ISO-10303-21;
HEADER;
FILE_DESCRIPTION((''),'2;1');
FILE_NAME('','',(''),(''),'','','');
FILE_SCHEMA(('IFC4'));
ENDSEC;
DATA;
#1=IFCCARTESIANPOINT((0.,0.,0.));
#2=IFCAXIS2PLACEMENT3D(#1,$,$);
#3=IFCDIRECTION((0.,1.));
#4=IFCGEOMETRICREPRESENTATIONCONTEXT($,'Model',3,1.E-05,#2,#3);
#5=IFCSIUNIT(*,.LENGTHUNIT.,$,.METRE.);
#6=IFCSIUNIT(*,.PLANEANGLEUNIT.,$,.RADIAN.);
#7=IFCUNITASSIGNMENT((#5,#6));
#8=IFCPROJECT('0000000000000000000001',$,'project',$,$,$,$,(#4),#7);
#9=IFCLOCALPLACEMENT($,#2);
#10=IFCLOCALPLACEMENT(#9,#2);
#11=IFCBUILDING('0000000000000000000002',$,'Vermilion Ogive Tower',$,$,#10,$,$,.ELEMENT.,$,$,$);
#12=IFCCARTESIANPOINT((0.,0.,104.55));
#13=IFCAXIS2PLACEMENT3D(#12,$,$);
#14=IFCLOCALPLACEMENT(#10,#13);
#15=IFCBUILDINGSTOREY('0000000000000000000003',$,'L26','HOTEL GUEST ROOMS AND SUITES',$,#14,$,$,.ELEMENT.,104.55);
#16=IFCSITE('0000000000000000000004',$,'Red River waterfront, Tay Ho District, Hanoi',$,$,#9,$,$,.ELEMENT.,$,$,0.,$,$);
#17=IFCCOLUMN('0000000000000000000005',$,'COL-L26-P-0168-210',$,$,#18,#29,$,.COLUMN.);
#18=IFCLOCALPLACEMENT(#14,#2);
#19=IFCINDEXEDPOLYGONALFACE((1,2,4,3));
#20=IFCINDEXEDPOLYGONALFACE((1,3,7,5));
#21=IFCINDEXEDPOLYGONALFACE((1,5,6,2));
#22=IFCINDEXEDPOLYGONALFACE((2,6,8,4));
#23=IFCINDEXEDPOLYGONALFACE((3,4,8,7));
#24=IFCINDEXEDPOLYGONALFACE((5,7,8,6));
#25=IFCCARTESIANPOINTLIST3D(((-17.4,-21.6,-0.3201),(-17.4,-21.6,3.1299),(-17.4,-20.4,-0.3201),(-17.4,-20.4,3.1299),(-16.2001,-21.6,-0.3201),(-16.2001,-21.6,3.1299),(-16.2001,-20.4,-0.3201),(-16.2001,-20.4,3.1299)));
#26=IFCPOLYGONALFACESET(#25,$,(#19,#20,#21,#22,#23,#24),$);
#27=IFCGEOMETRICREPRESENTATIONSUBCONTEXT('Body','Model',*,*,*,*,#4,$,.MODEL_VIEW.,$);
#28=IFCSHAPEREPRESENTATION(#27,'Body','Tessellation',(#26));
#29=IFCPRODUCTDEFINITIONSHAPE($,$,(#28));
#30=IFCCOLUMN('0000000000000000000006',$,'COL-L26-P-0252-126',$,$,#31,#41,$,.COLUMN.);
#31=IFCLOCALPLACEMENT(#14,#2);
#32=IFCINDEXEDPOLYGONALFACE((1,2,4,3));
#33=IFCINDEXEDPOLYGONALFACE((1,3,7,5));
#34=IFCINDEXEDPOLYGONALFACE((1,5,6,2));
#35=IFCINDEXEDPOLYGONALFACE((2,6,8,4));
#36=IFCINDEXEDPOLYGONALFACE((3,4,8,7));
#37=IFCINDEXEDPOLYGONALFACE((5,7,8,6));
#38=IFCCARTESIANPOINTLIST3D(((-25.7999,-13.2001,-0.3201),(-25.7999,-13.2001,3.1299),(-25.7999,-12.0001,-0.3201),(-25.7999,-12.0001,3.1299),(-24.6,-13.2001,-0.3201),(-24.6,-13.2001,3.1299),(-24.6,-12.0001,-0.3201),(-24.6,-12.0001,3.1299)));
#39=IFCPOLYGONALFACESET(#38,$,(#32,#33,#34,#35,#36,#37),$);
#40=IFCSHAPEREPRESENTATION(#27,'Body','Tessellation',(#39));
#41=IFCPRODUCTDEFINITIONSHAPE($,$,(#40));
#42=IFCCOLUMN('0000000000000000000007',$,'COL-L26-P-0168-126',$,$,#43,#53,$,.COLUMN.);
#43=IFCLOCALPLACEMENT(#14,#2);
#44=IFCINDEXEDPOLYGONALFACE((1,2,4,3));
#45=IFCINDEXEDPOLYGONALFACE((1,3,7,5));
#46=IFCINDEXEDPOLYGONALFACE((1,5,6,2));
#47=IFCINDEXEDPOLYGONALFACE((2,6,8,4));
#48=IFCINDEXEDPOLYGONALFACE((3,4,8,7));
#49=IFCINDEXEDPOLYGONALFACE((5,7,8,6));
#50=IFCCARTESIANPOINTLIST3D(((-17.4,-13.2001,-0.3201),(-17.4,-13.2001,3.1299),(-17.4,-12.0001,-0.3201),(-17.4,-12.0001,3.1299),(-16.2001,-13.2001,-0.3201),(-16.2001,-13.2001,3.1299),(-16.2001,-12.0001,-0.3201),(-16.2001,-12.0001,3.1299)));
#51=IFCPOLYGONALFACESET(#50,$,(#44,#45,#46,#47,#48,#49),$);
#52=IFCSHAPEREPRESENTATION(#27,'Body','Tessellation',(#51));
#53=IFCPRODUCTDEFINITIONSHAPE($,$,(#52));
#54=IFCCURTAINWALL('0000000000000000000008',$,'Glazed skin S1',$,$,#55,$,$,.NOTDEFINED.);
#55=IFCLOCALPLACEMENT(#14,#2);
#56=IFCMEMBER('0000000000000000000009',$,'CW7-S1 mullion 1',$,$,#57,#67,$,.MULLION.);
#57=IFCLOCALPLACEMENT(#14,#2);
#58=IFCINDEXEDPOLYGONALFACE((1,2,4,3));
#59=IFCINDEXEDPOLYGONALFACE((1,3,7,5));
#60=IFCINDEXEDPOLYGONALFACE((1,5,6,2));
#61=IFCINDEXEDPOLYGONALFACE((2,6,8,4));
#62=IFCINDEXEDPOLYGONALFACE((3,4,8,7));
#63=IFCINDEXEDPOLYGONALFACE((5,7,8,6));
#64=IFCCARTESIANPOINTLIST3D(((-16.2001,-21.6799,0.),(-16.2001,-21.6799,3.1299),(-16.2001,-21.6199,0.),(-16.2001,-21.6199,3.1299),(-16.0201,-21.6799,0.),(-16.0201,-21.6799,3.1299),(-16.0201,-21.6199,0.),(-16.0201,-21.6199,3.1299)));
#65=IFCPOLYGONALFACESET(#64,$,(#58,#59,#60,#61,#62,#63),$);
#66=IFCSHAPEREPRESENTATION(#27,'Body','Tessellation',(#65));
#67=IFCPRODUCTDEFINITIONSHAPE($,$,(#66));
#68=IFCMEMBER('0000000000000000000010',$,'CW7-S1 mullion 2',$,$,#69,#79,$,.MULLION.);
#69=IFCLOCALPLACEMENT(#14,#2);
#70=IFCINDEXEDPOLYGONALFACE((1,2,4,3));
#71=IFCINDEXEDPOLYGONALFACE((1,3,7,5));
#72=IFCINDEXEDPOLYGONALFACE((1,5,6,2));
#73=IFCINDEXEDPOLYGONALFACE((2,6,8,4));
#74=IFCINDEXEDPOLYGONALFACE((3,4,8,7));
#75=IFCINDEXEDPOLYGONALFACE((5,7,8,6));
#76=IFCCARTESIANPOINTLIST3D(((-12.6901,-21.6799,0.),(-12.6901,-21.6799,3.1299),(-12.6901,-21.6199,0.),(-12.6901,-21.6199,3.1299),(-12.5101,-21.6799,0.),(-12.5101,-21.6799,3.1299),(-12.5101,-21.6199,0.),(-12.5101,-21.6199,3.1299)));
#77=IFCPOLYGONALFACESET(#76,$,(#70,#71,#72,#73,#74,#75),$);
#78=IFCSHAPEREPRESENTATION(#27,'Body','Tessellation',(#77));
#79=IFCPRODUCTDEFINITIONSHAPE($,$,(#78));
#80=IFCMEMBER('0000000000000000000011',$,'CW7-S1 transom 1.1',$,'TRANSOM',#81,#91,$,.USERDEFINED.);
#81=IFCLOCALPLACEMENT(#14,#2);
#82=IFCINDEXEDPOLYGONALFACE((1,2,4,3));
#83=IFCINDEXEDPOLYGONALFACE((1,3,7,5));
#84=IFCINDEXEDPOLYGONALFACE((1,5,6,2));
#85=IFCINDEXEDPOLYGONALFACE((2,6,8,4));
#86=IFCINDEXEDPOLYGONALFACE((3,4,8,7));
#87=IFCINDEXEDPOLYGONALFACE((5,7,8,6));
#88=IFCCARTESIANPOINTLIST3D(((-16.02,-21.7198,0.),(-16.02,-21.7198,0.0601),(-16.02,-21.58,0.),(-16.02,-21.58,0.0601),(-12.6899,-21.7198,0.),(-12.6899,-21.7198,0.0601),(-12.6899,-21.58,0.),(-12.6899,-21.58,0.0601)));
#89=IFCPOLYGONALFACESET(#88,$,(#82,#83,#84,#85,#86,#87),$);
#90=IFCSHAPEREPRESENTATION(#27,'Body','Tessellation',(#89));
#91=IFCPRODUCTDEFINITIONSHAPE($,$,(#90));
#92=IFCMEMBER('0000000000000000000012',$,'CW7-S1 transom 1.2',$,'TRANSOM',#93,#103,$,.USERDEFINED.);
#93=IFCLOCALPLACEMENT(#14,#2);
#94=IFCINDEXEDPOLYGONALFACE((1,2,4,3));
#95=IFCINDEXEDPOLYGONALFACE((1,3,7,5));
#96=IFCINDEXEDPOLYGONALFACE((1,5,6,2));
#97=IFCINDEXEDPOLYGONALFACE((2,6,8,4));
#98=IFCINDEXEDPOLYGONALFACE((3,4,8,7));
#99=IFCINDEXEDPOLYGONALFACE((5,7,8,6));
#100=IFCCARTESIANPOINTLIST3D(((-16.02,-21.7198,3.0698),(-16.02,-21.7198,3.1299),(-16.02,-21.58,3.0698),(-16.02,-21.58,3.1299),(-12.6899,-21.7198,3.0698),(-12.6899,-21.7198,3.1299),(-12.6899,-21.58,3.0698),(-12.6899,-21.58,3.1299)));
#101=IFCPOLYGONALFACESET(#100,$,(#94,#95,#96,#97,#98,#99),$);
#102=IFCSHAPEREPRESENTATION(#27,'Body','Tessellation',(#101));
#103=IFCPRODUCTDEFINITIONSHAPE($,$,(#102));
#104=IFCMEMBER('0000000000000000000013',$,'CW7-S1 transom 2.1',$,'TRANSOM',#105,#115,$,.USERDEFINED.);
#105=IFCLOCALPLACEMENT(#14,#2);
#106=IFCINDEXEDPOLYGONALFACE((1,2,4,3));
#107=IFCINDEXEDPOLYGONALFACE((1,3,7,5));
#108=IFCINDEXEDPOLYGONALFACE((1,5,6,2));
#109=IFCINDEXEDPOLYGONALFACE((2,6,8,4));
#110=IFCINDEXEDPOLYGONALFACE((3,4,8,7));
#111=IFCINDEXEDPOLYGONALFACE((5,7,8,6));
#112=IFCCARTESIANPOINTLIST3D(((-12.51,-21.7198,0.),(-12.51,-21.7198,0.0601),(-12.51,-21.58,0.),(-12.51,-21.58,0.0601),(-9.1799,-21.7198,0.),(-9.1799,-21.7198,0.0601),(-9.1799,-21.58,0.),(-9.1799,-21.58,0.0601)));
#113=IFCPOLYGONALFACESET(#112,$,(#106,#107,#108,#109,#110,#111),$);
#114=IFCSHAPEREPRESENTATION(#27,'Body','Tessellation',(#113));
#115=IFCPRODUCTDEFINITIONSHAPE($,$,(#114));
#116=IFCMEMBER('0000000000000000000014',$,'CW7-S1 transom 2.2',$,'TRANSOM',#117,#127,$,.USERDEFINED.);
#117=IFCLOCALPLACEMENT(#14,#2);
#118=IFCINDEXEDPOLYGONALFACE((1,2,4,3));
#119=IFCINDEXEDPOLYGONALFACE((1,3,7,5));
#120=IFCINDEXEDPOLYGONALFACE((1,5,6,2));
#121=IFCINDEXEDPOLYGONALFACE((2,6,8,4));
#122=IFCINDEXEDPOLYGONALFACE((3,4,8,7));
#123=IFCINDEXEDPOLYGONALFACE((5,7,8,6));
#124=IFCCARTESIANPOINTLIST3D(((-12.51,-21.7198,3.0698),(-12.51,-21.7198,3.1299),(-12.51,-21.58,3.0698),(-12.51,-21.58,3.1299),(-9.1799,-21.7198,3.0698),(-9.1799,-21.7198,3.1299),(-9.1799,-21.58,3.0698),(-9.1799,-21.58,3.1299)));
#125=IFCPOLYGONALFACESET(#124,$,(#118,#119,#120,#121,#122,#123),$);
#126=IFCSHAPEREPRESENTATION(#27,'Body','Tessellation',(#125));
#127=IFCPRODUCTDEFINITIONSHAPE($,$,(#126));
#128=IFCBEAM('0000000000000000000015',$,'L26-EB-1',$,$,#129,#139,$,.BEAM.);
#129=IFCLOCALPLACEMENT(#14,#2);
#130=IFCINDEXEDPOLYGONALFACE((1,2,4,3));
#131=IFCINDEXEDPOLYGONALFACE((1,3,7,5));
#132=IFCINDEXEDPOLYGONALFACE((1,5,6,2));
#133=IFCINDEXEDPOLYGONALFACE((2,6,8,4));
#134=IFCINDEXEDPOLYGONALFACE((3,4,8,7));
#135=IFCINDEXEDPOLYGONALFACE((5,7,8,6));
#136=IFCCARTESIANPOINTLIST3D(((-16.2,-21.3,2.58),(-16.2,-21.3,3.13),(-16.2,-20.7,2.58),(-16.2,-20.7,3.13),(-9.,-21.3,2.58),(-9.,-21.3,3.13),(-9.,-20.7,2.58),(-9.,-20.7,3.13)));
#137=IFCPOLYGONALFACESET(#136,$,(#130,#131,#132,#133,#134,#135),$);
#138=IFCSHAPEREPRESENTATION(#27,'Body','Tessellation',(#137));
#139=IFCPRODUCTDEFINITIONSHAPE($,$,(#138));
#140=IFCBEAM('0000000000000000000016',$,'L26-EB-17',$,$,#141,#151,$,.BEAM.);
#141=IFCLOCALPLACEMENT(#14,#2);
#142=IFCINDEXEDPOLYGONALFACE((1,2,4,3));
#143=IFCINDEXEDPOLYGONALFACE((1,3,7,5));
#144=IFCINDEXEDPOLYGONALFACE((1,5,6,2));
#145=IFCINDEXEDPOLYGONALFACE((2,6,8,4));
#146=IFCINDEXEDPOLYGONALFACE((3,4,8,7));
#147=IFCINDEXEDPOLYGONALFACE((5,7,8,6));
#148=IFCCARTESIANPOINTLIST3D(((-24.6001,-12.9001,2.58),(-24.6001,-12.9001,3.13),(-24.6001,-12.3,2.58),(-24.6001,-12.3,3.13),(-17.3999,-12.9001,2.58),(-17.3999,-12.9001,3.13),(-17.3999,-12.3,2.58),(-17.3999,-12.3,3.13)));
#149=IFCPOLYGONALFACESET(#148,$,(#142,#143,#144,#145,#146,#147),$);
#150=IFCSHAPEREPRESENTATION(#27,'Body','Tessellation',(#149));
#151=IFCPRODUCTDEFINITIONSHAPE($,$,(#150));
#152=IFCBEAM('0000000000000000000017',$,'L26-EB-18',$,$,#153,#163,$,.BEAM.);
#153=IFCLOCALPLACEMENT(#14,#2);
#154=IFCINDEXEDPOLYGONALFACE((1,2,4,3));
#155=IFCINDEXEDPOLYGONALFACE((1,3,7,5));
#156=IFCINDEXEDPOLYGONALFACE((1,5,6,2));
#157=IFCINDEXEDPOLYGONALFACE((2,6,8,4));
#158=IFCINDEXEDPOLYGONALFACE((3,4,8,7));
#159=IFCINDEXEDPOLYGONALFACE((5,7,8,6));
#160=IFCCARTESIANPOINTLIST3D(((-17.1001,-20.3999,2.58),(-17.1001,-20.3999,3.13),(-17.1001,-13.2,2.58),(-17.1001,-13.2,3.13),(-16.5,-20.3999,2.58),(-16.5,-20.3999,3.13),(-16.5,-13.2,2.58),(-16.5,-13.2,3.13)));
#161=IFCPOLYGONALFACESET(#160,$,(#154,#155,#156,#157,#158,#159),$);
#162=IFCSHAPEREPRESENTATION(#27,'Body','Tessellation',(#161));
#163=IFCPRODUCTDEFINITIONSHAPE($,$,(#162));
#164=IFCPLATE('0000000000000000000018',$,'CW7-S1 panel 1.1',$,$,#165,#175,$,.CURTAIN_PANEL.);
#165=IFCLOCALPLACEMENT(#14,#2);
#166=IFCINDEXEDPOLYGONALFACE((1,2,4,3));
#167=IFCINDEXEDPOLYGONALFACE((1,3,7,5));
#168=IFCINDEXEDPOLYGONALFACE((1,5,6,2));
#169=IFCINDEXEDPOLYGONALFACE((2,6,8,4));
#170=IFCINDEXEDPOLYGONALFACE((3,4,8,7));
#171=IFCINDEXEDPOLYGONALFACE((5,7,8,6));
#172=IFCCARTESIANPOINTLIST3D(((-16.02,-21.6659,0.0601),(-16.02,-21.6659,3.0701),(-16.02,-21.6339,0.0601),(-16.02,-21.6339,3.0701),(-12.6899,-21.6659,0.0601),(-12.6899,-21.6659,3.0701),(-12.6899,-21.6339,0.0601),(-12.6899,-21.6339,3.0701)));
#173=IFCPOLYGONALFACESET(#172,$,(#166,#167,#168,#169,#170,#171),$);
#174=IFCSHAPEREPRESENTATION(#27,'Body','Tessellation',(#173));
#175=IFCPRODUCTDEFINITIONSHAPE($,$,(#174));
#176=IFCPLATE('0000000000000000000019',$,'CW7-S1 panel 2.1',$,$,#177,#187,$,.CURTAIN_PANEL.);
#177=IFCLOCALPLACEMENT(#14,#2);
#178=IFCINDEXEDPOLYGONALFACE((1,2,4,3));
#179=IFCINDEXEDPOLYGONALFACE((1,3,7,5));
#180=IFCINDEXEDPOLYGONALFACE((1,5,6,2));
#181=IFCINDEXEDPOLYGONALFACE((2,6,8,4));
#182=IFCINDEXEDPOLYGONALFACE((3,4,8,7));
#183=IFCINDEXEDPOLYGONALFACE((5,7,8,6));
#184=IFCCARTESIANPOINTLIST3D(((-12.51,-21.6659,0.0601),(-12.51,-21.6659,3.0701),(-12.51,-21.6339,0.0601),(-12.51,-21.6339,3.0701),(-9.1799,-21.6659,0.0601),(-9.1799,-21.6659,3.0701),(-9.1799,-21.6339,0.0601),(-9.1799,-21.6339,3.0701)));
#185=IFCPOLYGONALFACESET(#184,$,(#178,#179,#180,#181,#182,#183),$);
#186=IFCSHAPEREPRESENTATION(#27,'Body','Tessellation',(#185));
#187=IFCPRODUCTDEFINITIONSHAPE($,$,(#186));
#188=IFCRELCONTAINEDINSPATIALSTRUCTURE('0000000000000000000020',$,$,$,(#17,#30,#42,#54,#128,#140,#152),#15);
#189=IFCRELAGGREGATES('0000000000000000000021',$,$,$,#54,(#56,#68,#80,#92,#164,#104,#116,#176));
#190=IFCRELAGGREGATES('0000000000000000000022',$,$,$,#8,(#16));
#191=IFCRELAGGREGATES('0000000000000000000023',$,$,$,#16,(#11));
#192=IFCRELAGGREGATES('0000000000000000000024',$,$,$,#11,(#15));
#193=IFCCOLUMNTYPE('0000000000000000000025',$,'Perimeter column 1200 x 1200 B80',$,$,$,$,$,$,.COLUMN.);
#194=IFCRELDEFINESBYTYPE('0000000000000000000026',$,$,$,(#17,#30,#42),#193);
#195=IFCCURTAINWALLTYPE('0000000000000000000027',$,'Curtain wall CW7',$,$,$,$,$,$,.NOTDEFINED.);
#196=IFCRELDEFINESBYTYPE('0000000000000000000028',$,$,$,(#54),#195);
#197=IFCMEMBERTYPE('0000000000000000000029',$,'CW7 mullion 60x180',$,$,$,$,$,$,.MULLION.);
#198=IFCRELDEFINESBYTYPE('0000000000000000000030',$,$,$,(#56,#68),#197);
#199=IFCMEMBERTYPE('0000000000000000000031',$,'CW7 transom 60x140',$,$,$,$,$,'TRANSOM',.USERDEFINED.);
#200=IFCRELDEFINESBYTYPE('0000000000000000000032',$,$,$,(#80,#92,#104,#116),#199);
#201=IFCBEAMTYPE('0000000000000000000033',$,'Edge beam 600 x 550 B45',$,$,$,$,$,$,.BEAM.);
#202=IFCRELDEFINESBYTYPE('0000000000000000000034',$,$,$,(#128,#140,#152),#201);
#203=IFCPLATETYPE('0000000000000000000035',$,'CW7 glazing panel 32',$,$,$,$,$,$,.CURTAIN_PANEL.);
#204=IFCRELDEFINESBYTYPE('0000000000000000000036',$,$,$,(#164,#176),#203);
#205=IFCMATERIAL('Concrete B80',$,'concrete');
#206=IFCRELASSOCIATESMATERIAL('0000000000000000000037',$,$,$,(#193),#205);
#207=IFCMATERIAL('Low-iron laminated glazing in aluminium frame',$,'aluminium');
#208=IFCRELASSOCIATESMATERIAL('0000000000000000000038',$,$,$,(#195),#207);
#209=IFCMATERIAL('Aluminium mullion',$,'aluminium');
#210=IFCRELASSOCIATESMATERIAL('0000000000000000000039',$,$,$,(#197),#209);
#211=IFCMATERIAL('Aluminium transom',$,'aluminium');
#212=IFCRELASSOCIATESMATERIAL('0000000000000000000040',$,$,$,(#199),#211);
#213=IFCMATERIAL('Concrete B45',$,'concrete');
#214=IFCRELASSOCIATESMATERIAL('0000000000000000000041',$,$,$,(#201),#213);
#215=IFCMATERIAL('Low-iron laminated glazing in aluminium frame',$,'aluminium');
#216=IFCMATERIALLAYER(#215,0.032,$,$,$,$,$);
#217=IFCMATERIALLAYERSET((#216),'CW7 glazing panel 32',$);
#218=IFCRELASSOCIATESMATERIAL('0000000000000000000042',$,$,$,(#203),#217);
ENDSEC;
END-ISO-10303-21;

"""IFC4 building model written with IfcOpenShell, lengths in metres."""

from ifc_helpers import new_model, si_unit, direction, frame, origin, origin_2d, place, context, subcontext, project, spatial, rectangle, extrude, material, layer, layer_set, material_profile, profile_set, type_object, element, aggregate, save


model = new_model("IFC4")

# Units and contexts
model_context = context("Model", 3, precision=1e-05, world=origin(), true_north=direction((0.0, 1.0)))
body_context = subcontext(model_context, "Body", "Model", "MODEL_VIEW")
ifc_project = project(units=[si_unit("LENGTHUNIT", "METRE"), si_unit("PLANEANGLEUNIT", "RADIAN")], contexts=[model_context])

# Site, building, storey
site_placement = place(None, origin())
site = spatial("IfcSite", under=ifc_project, at=site_placement, Name="Red River waterfront, Tay Ho District, Hanoi", CompositionType="ELEMENT", RefElevation=0.0)
building_placement = place(site_placement, origin())
building = spatial("IfcBuilding", under=site, at=building_placement, Name="Vermilion Ogive Tower", CompositionType="ELEMENT")
storey_placement = place(building_placement, frame((0.0, 0.0, 104.55)))
storey = spatial("IfcBuildingStorey", under=building, at=storey_placement, Name="L26", Description="HOTEL GUEST ROOMS AND SUITES", CompositionType="ELEMENT", Elevation=104.55)

# Columns
ifc_material_1 = material(Name="Concrete B80", Category="concrete")
ifc_material_profile_1 = material_profile(ifc_material_1, rectangle(XDim=1.2, YDim=1.2, at=origin_2d()), Name="1200 x 1200")
ifc_profile_set_1 = profile_set([ifc_material_profile_1], Name="Concrete B80")
column_type = type_object("IfcColumnType", Name="Perimeter column 1200 x 1200 B80", PredefinedType="COLUMN", material=ifc_profile_set_1)
for number, where, z_axis, x_axis, name in (
    (1, (-16.8, -21.0, -0.3201), (0.0, 0.0, 1.0), (1.0, 0.0, 0.0), "COL-L26-P-0168-210"),
    (2, (-25.2, -12.6001, -0.3201), (0.0, 0.0, 1.0), (1.0, 0.0, 0.0), "COL-L26-P-0252-126"),
    (3, (-16.8, -12.6001, -0.3201), (0.0, 0.0, 1.0), (1.0, 0.0, 0.0), "COL-L26-P-0168-126"),
):
    element("IfcColumn", number, at=place(storey_placement, frame(where, z_axis=z_axis, x_axis=x_axis)), inside=storey, type_object=column_type, Name=name, PredefinedType="COLUMN", context=body_context, shape_type="SweptSolid", body=[
        extrude(rectangle(XDim=1.2, YDim=1.2, at=origin_2d()), origin(), (0.0, 0.0, 1.0), 3.45),
    ])

# Curtain wall, members
ifc_material_2 = material(Name="Low-iron laminated glazing in aluminium frame", Category="aluminium")
curtain_wall_type = type_object("IfcCurtainWallType", Name="Curtain wall CW7", PredefinedType="NOTDEFINED", material=ifc_material_2)
curtain_wall_placement = place(storey_placement, origin())
curtain_wall = element("IfcCurtainWall", 4, at=curtain_wall_placement, inside=storey, type_object=curtain_wall_type, Name="Glazed skin S1", PredefinedType="NOTDEFINED")
ifc_material_3 = material(Name="Aluminium mullion", Category="aluminium")
ifc_material_profile_2 = material_profile(ifc_material_3, rectangle(XDim=0.0601, YDim=0.1799, at=origin_2d()), Name="AL 60x180")
ifc_profile_set_2 = profile_set([ifc_material_profile_2], Name="Aluminium mullion")
member_type_1 = type_object("IfcMemberType", Name="CW7 mullion 60x180", PredefinedType="MULLION", material=ifc_profile_set_2)
member_1_placement = place(storey_placement, frame((-16.1101, -21.6499, 0.0), z_axis=(0.0, 0.0, 1.0), x_axis=(0.0, 1.0, 0.0)))
member_1 = element("IfcMember", 5, at=member_1_placement, type_object=member_type_1, Name="CW7-S1 mullion 1", PredefinedType="MULLION", context=body_context, shape_type="SweptSolid", body=[
    extrude(rectangle(XDim=0.0601, YDim=0.1799, at=origin_2d()), origin(), (0.0, 0.0, 1.0), 3.1299),
])
member_2_placement = place(storey_placement, frame((-12.6001, -21.6499, 0.0), z_axis=(0.0, 0.0, 1.0), x_axis=(0.0, 1.0, 0.0)))
member_2 = element("IfcMember", 6, at=member_2_placement, type_object=member_type_1, Name="CW7-S1 mullion 2", PredefinedType="MULLION", context=body_context, shape_type="SweptSolid", body=[
    extrude(rectangle(XDim=0.0601, YDim=0.1799, at=origin_2d()), origin(), (0.0, 0.0, 1.0), 3.1299),
])
ifc_material_4 = material(Name="Aluminium transom", Category="aluminium")
ifc_material_profile_3 = material_profile(ifc_material_4, rectangle(XDim=0.1399, YDim=0.0601, at=origin_2d()), Name="AL 60x140")
ifc_profile_set_3 = profile_set([ifc_material_profile_3], Name="Aluminium transom")
member_type_2 = type_object("IfcMemberType", Name="CW7 transom 60x140", ElementType="TRANSOM", PredefinedType="USERDEFINED", material=ifc_profile_set_3)
member_3_placement = place(storey_placement, frame((-16.02, -21.6499, 0.03), z_axis=(1.0, 0.0, 0.0), x_axis=(0.0, 1.0, 0.0)))
member_3 = element("IfcMember", 7, at=member_3_placement, type_object=member_type_2, Name="CW7-S1 transom 1.1", ObjectType="TRANSOM", PredefinedType="USERDEFINED", context=body_context, shape_type="SweptSolid", body=[
    extrude(rectangle(XDim=0.1399, YDim=0.0601, at=origin_2d()), origin(), (0.0, 0.0, 1.0), 3.3301),
])
member_4_placement = place(storey_placement, frame((-16.02, -21.6499, 3.0999), z_axis=(1.0, 0.0, 0.0), x_axis=(0.0, 1.0, 0.0)))
member_4 = element("IfcMember", 8, at=member_4_placement, type_object=member_type_2, Name="CW7-S1 transom 1.2", ObjectType="TRANSOM", PredefinedType="USERDEFINED", context=body_context, shape_type="SweptSolid", body=[
    extrude(rectangle(XDim=0.1399, YDim=0.0601, at=origin_2d()), origin(), (0.0, 0.0, 1.0), 3.3301),
])
member_5_placement = place(storey_placement, frame((-12.51, -21.6499, 0.03), z_axis=(1.0, 0.0, 0.0), x_axis=(0.0, 1.0, 0.0)))
member_5 = element("IfcMember", 9, at=member_5_placement, type_object=member_type_2, Name="CW7-S1 transom 2.1", ObjectType="TRANSOM", PredefinedType="USERDEFINED", context=body_context, shape_type="SweptSolid", body=[
    extrude(rectangle(XDim=0.1399, YDim=0.0601, at=origin_2d()), origin(), (0.0, 0.0, 1.0), 3.3301),
])
member_6_placement = place(storey_placement, frame((-12.51, -21.6499, 3.0999), z_axis=(1.0, 0.0, 0.0), x_axis=(0.0, 1.0, 0.0)))
member_6 = element("IfcMember", 10, at=member_6_placement, type_object=member_type_2, Name="CW7-S1 transom 2.2", ObjectType="TRANSOM", PredefinedType="USERDEFINED", context=body_context, shape_type="SweptSolid", body=[
    extrude(rectangle(XDim=0.1399, YDim=0.0601, at=origin_2d()), origin(), (0.0, 0.0, 1.0), 3.3301),
])

# Beams
ifc_material_5 = material(Name="Concrete B45", Category="concrete")
ifc_material_profile_4 = material_profile(ifc_material_5, rectangle(XDim=0.6001, YDim=0.55, at=origin_2d()), Name="600 x 550")
ifc_profile_set_4 = profile_set([ifc_material_profile_4], Name="Concrete B45")
beam_type = type_object("IfcBeamType", Name="Edge beam 600 x 550 B45", PredefinedType="BEAM", material=ifc_profile_set_4)
beam_1_placement = place(storey_placement, frame((-16.2, -21.0, 2.855), z_axis=(1.0, 0.0, 0.0), x_axis=(0.0, 1.0, 0.0)))
element("IfcBeam", 11, at=beam_1_placement, inside=storey, type_object=beam_type, Name="L26-EB-1", PredefinedType="BEAM", context=body_context, shape_type="SweptSolid", body=[
    extrude(rectangle(XDim=0.6001, YDim=0.55, at=origin_2d()), origin(), (0.0, 0.0, 1.0), 7.2),
])
beam_2_placement = place(storey_placement, frame((-24.6001, -12.6001, 2.855), z_axis=(1.0, 0.0, 0.0), x_axis=(0.0, 1.0, 0.0)))
element("IfcBeam", 12, at=beam_2_placement, inside=storey, type_object=beam_type, Name="L26-EB-17", PredefinedType="BEAM", context=body_context, shape_type="SweptSolid", body=[
    extrude(rectangle(XDim=0.6001, YDim=0.55, at=origin_2d()), origin(), (0.0, 0.0, 1.0), 7.2002),
])
beam_3_placement = place(storey_placement, frame((-16.8, -13.2, 2.855), z_axis=(0.0, -1.0, 0.0), x_axis=(1.0, 0.0, 0.0)))
element("IfcBeam", 13, at=beam_3_placement, inside=storey, type_object=beam_type, Name="L26-EB-18", PredefinedType="BEAM", context=body_context, shape_type="SweptSolid", body=[
    extrude(rectangle(XDim=0.6001, YDim=0.55, at=origin_2d()), origin(), (0.0, 0.0, 1.0), 7.2),
])

# Plates
ifc_material_6 = material(Name="Low-iron laminated glazing in aluminium frame", Category="aluminium")
ifc_layer_1 = layer(ifc_material_6, 0.032)
ifc_layer_set_1 = layer_set([ifc_layer_1], Name="CW7 glazing panel 32")
plate_type = type_object("IfcPlateType", Name="CW7 glazing panel 32", PredefinedType="CURTAIN_PANEL", material=ifc_layer_set_1)
plate_1_placement = place(storey_placement, frame((-14.355, -21.6499, 0.0601), z_axis=(0.0, 0.0, 1.0), x_axis=(1.0, 0.0, 0.0)))
plate_1 = element("IfcPlate", 14, at=plate_1_placement, type_object=plate_type, Name="CW7-S1 panel 1.1", PredefinedType="CURTAIN_PANEL", context=body_context, shape_type="SweptSolid", body=[
    extrude(rectangle(XDim=3.3301, YDim=0.032, at=origin_2d()), origin(), (0.0, 0.0, 1.0), 3.01),
])
plate_2_placement = place(storey_placement, frame((-10.845, -21.6499, 0.0601), z_axis=(0.0, 0.0, 1.0), x_axis=(1.0, 0.0, 0.0)))
plate_2 = element("IfcPlate", 15, at=plate_2_placement, type_object=plate_type, Name="CW7-S1 panel 2.1", PredefinedType="CURTAIN_PANEL", context=body_context, shape_type="SweptSolid", body=[
    extrude(rectangle(XDim=3.3301, YDim=0.032, at=origin_2d()), origin(), (0.0, 0.0, 1.0), 3.01),
])
aggregate(curtain_wall, [member_1, member_2, member_3, member_4, plate_1, member_5, member_6, plate_2])

save(model, "model.ifc")
